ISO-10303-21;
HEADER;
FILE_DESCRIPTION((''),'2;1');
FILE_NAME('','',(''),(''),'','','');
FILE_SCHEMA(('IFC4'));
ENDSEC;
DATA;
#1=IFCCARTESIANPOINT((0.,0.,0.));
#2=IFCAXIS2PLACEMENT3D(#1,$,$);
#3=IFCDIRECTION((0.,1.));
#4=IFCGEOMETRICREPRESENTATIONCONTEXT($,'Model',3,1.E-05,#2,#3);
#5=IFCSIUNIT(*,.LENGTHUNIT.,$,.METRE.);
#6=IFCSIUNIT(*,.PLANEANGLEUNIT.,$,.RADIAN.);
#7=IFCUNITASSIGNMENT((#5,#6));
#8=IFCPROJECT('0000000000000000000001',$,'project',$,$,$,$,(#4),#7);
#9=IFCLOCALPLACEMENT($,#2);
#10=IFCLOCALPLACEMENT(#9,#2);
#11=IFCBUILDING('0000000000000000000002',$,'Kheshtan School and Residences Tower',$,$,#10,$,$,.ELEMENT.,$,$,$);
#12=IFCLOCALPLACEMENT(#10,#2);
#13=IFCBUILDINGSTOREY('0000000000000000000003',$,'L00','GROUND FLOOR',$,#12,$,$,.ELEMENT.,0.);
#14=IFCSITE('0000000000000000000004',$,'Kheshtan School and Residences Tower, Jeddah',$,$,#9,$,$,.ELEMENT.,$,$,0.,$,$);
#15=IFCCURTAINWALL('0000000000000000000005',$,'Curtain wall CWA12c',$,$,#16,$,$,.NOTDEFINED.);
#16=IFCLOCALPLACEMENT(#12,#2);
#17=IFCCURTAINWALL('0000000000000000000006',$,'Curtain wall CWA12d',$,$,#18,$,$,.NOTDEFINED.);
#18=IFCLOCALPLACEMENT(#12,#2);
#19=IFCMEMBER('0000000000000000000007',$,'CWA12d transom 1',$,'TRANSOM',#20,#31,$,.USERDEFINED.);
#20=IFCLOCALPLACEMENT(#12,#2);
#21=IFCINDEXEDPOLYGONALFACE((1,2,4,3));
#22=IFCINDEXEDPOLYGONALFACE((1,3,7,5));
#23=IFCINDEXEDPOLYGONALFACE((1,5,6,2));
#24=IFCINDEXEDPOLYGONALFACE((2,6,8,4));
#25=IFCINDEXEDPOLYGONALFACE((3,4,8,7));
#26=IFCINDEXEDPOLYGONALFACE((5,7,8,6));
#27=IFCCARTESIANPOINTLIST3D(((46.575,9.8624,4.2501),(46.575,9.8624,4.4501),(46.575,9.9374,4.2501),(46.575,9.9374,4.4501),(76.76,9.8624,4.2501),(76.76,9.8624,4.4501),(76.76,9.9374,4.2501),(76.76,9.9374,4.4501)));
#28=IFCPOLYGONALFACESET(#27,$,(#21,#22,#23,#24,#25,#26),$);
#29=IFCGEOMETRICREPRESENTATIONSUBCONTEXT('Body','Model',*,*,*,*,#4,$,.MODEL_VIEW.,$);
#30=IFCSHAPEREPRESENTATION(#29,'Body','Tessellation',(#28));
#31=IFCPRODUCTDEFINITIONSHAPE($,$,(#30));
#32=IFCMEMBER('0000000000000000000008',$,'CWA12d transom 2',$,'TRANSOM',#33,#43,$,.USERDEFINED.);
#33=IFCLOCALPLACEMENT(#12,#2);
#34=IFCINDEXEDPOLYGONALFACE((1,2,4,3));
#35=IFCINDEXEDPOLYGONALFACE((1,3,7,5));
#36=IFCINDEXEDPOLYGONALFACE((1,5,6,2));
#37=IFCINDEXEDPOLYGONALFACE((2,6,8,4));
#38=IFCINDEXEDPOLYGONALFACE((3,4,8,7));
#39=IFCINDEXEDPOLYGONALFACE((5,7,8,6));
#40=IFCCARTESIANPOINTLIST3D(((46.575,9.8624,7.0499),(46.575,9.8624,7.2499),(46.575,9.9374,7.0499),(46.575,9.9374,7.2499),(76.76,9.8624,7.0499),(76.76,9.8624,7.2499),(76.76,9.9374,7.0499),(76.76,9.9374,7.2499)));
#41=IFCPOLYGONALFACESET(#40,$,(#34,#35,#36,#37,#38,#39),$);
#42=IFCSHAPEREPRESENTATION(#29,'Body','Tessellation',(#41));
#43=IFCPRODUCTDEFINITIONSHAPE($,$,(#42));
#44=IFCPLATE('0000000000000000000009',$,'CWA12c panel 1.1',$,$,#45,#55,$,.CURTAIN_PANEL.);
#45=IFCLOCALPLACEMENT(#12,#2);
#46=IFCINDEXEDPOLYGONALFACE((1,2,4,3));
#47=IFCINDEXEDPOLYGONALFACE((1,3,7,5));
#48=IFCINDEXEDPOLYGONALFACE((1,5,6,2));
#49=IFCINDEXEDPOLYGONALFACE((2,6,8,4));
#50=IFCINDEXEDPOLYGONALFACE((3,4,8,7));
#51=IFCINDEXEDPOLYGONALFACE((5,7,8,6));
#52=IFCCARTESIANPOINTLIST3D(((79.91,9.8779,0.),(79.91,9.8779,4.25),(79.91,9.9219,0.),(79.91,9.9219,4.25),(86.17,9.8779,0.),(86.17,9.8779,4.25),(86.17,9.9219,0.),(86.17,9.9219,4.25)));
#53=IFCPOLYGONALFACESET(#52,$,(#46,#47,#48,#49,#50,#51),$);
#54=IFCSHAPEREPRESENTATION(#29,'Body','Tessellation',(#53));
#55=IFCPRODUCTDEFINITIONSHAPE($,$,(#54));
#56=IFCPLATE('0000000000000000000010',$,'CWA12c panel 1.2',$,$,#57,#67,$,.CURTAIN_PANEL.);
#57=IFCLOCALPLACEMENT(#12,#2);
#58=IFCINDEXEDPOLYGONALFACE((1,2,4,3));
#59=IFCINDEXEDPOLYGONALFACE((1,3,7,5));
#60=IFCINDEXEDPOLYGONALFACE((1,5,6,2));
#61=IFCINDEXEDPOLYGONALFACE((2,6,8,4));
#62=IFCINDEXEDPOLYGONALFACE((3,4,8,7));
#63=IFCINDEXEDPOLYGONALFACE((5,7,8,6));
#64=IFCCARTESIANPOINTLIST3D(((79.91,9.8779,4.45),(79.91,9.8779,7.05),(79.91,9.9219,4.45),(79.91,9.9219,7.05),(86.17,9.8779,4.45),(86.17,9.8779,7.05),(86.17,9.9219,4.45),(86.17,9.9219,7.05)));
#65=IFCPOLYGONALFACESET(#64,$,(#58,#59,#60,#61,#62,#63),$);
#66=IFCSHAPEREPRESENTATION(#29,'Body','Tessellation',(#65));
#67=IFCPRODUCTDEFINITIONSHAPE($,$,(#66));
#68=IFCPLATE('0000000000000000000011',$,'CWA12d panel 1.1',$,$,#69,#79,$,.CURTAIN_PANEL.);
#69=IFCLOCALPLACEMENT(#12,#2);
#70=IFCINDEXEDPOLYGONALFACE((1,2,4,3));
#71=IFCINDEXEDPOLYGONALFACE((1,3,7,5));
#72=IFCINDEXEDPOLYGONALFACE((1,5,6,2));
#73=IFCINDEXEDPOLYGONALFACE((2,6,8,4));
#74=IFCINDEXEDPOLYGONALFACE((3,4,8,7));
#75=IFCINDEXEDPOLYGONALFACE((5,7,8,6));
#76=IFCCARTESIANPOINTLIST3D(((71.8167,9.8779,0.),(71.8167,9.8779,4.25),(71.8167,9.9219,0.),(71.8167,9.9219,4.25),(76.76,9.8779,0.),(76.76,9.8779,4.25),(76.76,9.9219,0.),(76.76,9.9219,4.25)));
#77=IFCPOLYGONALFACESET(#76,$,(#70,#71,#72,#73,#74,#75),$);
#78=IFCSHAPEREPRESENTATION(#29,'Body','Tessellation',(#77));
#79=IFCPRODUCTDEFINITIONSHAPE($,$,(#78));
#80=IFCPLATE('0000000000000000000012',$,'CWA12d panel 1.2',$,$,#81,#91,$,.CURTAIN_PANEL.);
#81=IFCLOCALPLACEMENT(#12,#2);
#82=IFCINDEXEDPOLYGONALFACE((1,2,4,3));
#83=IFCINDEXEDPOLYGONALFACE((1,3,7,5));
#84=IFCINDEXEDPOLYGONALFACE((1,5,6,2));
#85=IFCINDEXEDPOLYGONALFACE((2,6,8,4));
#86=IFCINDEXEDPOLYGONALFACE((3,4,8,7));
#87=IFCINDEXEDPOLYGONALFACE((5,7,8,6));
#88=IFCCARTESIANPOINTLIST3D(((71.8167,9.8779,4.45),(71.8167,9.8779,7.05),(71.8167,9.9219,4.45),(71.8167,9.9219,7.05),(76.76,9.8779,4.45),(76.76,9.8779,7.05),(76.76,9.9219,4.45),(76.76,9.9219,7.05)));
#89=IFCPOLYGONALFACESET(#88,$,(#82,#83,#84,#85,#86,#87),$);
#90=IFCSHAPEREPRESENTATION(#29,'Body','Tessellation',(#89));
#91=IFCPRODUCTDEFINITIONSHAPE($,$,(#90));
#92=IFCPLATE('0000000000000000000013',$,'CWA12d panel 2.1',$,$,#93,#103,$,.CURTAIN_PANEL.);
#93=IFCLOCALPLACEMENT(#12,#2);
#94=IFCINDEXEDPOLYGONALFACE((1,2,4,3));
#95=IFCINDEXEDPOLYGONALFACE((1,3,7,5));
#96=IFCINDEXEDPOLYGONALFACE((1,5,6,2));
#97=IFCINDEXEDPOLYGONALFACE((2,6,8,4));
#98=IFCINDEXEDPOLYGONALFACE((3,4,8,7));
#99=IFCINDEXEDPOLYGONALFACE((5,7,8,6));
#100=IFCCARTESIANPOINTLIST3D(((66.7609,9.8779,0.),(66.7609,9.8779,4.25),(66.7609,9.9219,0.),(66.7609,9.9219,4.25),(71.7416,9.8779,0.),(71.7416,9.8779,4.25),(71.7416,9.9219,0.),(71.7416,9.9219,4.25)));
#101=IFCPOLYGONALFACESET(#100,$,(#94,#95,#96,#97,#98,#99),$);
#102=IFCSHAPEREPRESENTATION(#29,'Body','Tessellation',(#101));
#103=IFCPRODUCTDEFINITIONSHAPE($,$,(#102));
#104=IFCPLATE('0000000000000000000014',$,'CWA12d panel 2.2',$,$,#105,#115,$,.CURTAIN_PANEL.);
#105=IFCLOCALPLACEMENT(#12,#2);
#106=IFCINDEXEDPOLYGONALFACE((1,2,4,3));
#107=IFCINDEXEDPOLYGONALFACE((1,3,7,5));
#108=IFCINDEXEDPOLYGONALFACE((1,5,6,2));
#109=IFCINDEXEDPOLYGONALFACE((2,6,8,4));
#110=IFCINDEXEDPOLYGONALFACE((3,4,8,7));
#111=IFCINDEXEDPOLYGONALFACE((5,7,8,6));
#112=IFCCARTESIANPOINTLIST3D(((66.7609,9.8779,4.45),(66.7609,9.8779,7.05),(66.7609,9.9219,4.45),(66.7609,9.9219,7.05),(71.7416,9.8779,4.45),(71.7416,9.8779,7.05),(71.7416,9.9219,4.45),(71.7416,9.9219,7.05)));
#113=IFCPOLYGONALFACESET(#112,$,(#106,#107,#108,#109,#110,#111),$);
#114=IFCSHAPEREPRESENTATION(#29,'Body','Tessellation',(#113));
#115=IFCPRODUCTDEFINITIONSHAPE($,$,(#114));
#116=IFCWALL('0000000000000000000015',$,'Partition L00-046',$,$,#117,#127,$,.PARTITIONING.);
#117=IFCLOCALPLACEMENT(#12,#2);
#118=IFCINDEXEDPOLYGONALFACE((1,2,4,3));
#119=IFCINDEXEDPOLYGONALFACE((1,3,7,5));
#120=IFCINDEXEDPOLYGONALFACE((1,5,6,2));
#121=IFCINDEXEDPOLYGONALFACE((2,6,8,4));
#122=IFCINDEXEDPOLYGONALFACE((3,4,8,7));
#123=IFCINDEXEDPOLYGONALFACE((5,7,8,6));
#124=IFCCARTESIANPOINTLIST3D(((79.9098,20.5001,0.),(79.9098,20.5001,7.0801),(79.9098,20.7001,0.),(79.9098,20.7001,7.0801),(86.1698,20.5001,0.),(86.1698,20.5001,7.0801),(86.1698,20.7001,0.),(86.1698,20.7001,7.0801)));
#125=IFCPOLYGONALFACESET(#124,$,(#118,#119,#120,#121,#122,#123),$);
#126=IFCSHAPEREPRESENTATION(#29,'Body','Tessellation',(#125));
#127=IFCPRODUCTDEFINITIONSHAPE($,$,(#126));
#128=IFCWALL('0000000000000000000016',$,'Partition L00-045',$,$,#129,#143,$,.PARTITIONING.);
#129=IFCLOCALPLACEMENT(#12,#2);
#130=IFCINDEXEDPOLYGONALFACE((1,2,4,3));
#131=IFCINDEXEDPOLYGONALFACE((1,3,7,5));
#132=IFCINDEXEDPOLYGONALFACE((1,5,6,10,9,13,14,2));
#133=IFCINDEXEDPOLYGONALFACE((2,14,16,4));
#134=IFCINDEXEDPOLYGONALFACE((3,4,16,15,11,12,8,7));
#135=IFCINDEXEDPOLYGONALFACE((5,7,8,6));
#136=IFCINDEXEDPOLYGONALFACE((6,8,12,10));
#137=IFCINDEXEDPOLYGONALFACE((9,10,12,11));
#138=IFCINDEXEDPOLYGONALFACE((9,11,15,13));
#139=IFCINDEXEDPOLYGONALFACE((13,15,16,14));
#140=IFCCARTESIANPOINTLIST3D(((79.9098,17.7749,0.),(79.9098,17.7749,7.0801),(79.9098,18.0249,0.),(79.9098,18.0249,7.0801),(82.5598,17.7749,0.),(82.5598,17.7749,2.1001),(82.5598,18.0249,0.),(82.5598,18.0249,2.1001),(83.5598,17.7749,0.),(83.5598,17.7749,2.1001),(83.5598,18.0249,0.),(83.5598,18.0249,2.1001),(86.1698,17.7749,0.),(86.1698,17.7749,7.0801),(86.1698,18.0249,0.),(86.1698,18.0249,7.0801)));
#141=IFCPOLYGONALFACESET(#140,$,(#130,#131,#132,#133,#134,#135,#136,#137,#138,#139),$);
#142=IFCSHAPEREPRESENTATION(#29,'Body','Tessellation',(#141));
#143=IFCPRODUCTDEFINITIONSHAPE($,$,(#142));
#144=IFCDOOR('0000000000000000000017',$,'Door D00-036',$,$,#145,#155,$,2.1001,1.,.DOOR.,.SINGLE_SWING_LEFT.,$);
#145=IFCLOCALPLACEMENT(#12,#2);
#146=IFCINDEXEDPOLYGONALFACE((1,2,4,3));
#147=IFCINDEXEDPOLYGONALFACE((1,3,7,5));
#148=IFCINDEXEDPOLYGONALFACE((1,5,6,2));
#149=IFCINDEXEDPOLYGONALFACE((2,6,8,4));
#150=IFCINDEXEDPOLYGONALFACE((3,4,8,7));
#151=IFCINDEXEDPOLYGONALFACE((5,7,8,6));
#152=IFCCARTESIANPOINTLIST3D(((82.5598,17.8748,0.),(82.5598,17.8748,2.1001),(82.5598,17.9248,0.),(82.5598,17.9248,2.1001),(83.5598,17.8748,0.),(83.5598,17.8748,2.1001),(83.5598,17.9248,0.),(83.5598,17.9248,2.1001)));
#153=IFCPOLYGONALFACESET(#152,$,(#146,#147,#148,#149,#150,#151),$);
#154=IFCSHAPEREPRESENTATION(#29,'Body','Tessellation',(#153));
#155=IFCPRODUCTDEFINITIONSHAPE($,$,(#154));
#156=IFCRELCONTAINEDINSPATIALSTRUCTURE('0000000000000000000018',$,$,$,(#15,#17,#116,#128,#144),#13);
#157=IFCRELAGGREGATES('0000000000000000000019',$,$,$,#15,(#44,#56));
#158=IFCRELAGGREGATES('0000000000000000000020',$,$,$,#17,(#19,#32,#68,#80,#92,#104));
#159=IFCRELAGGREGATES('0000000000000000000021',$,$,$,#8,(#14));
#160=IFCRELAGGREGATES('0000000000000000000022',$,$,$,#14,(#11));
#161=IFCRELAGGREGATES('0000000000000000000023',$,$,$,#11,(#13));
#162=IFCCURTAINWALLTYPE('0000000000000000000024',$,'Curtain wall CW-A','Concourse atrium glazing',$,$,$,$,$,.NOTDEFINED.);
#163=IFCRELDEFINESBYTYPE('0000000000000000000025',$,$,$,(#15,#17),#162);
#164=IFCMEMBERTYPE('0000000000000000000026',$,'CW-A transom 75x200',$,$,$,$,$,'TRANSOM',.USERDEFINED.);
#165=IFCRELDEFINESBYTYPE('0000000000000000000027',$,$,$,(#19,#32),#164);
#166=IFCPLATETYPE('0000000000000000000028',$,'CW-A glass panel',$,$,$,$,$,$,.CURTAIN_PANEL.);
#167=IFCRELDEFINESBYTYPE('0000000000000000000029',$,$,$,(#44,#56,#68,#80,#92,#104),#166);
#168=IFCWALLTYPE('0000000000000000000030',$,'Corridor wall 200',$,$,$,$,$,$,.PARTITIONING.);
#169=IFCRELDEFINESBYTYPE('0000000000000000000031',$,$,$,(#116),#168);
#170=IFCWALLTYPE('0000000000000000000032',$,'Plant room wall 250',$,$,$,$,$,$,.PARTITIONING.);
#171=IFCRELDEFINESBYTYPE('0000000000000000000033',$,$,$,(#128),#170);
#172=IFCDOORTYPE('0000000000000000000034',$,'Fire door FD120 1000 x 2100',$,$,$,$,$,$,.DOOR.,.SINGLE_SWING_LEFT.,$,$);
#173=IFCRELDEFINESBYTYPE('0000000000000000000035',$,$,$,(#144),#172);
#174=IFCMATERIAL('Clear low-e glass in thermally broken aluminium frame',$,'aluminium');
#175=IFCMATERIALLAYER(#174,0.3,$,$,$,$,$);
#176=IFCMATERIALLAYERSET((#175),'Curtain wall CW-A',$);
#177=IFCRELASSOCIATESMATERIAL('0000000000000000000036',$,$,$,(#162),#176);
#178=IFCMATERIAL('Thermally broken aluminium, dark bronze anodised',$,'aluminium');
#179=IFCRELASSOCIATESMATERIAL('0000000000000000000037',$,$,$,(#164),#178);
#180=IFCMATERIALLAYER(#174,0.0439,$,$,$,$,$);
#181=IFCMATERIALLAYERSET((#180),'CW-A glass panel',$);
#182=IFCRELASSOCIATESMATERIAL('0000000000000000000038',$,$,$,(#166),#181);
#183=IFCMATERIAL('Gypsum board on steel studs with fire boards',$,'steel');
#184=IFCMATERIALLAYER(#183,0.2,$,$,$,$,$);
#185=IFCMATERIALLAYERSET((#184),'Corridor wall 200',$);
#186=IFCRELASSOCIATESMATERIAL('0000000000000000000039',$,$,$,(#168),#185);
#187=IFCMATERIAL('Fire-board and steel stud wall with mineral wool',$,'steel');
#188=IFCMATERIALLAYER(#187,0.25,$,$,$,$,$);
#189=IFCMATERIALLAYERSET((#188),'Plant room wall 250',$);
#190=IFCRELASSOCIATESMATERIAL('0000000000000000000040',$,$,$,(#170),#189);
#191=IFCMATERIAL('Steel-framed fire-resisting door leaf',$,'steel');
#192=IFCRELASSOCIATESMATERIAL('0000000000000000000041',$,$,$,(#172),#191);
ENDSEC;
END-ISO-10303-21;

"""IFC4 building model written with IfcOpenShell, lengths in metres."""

from ifc_helpers import new_model, si_unit, direction, frame, frame_2d, origin, origin_2d, place, context, subcontext, project, spatial, rectangle, extrude, source, transform, mapped, material, layer, layer_set, material_profile, profile_set, type_object, element, fill, aggregate, save


model = new_model("IFC4")

# Units and contexts
model_context = context("Model", 3, precision=1e-05, world=origin(), true_north=direction((0.0, 1.0)))
body_context = subcontext(model_context, "Body", "Model", "MODEL_VIEW")
ifc_project = project(units=[si_unit("LENGTHUNIT", "METRE"), si_unit("PLANEANGLEUNIT", "RADIAN")], contexts=[model_context])

# Site, building, storey
site_placement = place(None, origin())
site = spatial("IfcSite", under=ifc_project, at=site_placement, Name="Kheshtan School and Residences Tower, Jeddah", CompositionType="ELEMENT", RefElevation=0.0)
building_placement = place(site_placement, origin())
building = spatial("IfcBuilding", under=site, at=building_placement, Name="Kheshtan School and Residences Tower", CompositionType="ELEMENT")
storey_placement = place(building_placement, origin())
storey = spatial("IfcBuildingStorey", under=building, at=storey_placement, Name="L00", Description="GROUND FLOOR", CompositionType="ELEMENT", Elevation=0.0)

# Curtain walls
ifc_material_1 = material(Name="Clear low-e glass in thermally broken aluminium frame", Category="aluminium")
ifc_layer_1 = layer(ifc_material_1, 0.3)
ifc_layer_set_1 = layer_set([ifc_layer_1], Name="Curtain wall CW-A")
curtain_wall_type = type_object("IfcCurtainWallType", Name="Curtain wall CW-A", Description="Concourse atrium glazing", PredefinedType="NOTDEFINED", material=ifc_layer_set_1)
curtain_wall_1_placement = place(storey_placement, origin())
curtain_wall_1 = element("IfcCurtainWall", 1, at=curtain_wall_1_placement, inside=storey, type_object=curtain_wall_type, Name="Curtain wall CWA12c", PredefinedType="NOTDEFINED")
ifc_material_2 = material(Name="Thermally broken aluminium, dark bronze anodised", Category="aluminium")
curtain_wall_2_placement = place(storey_placement, origin())
curtain_wall_2 = element("IfcCurtainWall", 2, at=curtain_wall_2_placement, inside=storey, type_object=curtain_wall_type, Name="Curtain wall CWA12d", PredefinedType="NOTDEFINED")

# Members
ifc_material_profile_1 = material_profile(ifc_material_2, rectangle(XDim=0.075, YDim=0.2, at=origin_2d()), Name="CW-A transom 75x200")
ifc_profile_set_1 = profile_set([ifc_material_profile_1], Name="Thermally broken aluminium, dark bronze anodised")
member_type_1 = type_object("IfcMemberType", Name="CW-A transom 75x200", ElementType="TRANSOM", PredefinedType="USERDEFINED", material=ifc_profile_set_1)
member_1_placement = place(storey_placement, frame((76.76, 9.8999, 4.3501), z_axis=(-1.0, 0.0, 0.0), x_axis=(0.0, -1.0, 0.0)))
member_1 = element("IfcMember", 3, at=member_1_placement, type_object=member_type_1, Name="CWA12d transom 1", ObjectType="TRANSOM", PredefinedType="USERDEFINED", context=body_context, shape_type="SweptSolid", body=[
    extrude(rectangle(XDim=0.075, YDim=0.2, at=origin_2d()), origin(), (0.0, 0.0, 1.0), 30.1851),
])
member_2_placement = place(storey_placement, frame((76.76, 9.8999, 7.1499), z_axis=(-1.0, 0.0, 0.0), x_axis=(0.0, -1.0, 0.0)))
member_2 = element("IfcMember", 4, at=member_2_placement, type_object=member_type_1, Name="CWA12d transom 2", ObjectType="TRANSOM", PredefinedType="USERDEFINED", context=body_context, shape_type="SweptSolid", body=[
    extrude(rectangle(XDim=0.075, YDim=0.2, at=origin_2d()), origin(), (0.0, 0.0, 1.0), 30.1851),
])

# Plates
ifc_layer_2 = layer(ifc_material_1, 0.0439)
ifc_layer_set_2 = layer_set([ifc_layer_2], Name="CW-A glass panel")
plate_type = type_object("IfcPlateType", Name="CW-A glass panel", PredefinedType="CURTAIN_PANEL", material=ifc_layer_set_2)
plate_1_placement = place(storey_placement, frame((83.04, 9.8999, 0.0), z_axis=(0.0, 0.0, 1.0), x_axis=(-1.0, 0.0, 0.0)))
plate_1 = element("IfcPlate", 5, at=plate_1_placement, type_object=plate_type, Name="CWA12c panel 1.1", PredefinedType="CURTAIN_PANEL", context=body_context, shape_type="SweptSolid", body=[
    extrude(rectangle(XDim=6.26, YDim=0.0439, at=origin_2d()), origin(), (0.0, 0.0, 1.0), 4.25),
])
plate_2_placement = place(storey_placement, frame((83.04, 9.8999, 4.45), z_axis=(0.0, 0.0, 1.0), x_axis=(-1.0, 0.0, 0.0)))
plate_2 = element("IfcPlate", 6, at=plate_2_placement, type_object=plate_type, Name="CWA12c panel 1.2", PredefinedType="CURTAIN_PANEL", context=body_context, shape_type="SweptSolid", body=[
    extrude(rectangle(XDim=6.26, YDim=0.0439, at=origin_2d()), origin(), (0.0, 0.0, 1.0), 2.6001),
])
aggregate(curtain_wall_1, [plate_1, plate_2])
plate_3_placement = place(storey_placement, frame((74.2883, 9.8999, 0.0), z_axis=(0.0, 0.0, 1.0), x_axis=(-1.0, 0.0, 0.0)))
plate_3 = element("IfcPlate", 7, at=plate_3_placement, type_object=plate_type, Name="CWA12d panel 1.1", PredefinedType="CURTAIN_PANEL", context=body_context, shape_type="SweptSolid", body=[
    extrude(rectangle(XDim=4.9434, YDim=0.0439, at=origin_2d()), origin(), (0.0, 0.0, 1.0), 4.25),
])
plate_4_placement = place(storey_placement, frame((74.2883, 9.8999, 4.45), z_axis=(0.0, 0.0, 1.0), x_axis=(-1.0, 0.0, 0.0)))
plate_4 = element("IfcPlate", 8, at=plate_4_placement, type_object=plate_type, Name="CWA12d panel 1.2", PredefinedType="CURTAIN_PANEL", context=body_context, shape_type="SweptSolid", body=[
    extrude(rectangle(XDim=4.9434, YDim=0.0439, at=origin_2d()), origin(), (0.0, 0.0, 1.0), 2.6001),
])
plate_5_placement = place(storey_placement, frame((69.2512, 9.8999, 0.0), z_axis=(0.0, 0.0, 1.0), x_axis=(-1.0, 0.0, 0.0)))
plate_5 = element("IfcPlate", 9, at=plate_5_placement, type_object=plate_type, Name="CWA12d panel 2.1", PredefinedType="CURTAIN_PANEL", context=body_context, shape_type="SweptSolid", body=[
    extrude(rectangle(XDim=4.9807, YDim=0.0439, at=origin_2d()), origin(), (0.0, 0.0, 1.0), 4.25),
])
plate_6_placement = place(storey_placement, frame((69.2512, 9.8999, 4.45), z_axis=(0.0, 0.0, 1.0), x_axis=(-1.0, 0.0, 0.0)))
plate_6 = element("IfcPlate", 10, at=plate_6_placement, type_object=plate_type, Name="CWA12d panel 2.2", PredefinedType="CURTAIN_PANEL", context=body_context, shape_type="SweptSolid", body=[
    extrude(rectangle(XDim=4.9807, YDim=0.0439, at=origin_2d()), origin(), (0.0, 0.0, 1.0), 2.6001),
])
aggregate(curtain_wall_2, [member_1, member_2, plate_3, plate_4, plate_5, plate_6])

# Wall
ifc_material_3 = material(Name="Gypsum board on steel studs with fire boards", Category="steel")
ifc_layer_3 = layer(ifc_material_3, 0.2)
ifc_layer_set_3 = layer_set([ifc_layer_3], Name="Corridor wall 200")
wall_type_1 = type_object("IfcWallType", Name="Corridor wall 200", PredefinedType="PARTITIONING", material=ifc_layer_set_3)
wall_1_placement = place(storey_placement, frame((79.9099, 20.6001, 0.0), z_axis=(0.0, 0.0, 1.0), x_axis=(1.0, 0.0, 0.0)))
element("IfcWall", 11, at=wall_1_placement, inside=storey, type_object=wall_type_1, Name="Partition L00-046", PredefinedType="PARTITIONING", context=body_context, shape_type="SweptSolid", body=[
    extrude(rectangle(XDim=6.26, YDim=0.2, at=frame_2d((3.1299, 0.0))), origin(), (0.0, 0.0, 1.0), 7.0801),
])

# Wall, opening, door
ifc_material_4 = material(Name="Fire-board and steel stud wall with mineral wool", Category="steel")
ifc_layer_4 = layer(ifc_material_4, 0.25)
ifc_layer_set_4 = layer_set([ifc_layer_4], Name="Plant room wall 250")
wall_type_2 = type_object("IfcWallType", Name="Plant room wall 250", PredefinedType="PARTITIONING", material=ifc_layer_set_4)
wall_2_placement = place(storey_placement, frame((79.9099, 17.8999, 0.0), z_axis=(0.0, 0.0, 1.0), x_axis=(1.0, 0.0, 0.0)))
wall_2 = element("IfcWall", 12, at=wall_2_placement, inside=storey, type_object=wall_type_2, Name="Partition L00-045", PredefinedType="PARTITIONING", context=body_context, shape_type="SweptSolid", body=[
    extrude(rectangle(XDim=6.26, YDim=0.25, at=frame_2d((3.1299, 0.0))), origin(), (0.0, 0.0, 1.0), 7.0801),
])
opening_1_placement = place(wall_2_placement, frame((2.6499, 0.0, 0.0)))
opening_1 = element("IfcOpeningElement", 13, at=opening_1_placement, cuts=wall_2, PredefinedType="OPENING", context=body_context, shape_type="SweptSolid", body=[
    extrude(rectangle(XDim=1.0, YDim=2.1001, at=frame_2d((0.5, 1.05))), frame((0.0, 0.135, 0.0), z_axis=(0.0, -1.0, 0.0), x_axis=(1.0, 0.0, 0.0)), (0.0, 0.0, 1.0), 0.27),
])
ifc_material_5 = material(Name="Steel-framed fire-resisting door leaf", Category="steel")
door_type_1 = type_object("IfcDoorType", Name="Fire door FD120 1000 x 2100", OperationType="SINGLE_SWING_LEFT", PredefinedType="DOOR", material=ifc_material_5)
shared_shape_1 = source(origin(), body_context, "Body", "SweptSolid", [
    extrude(rectangle(XDim=1.0, YDim=2.1001, at=frame_2d((0.5, 1.05))), frame((0.0, 0.0249, 0.0), z_axis=(0.0, -1.0, 0.0), x_axis=(1.0, 0.0, 0.0)), (0.0, 0.0, 1.0), 0.05),
])
door_1_placement = place(opening_1_placement, origin())
door_1 = element("IfcDoor", 14, at=door_1_placement, inside=storey, type_object=door_type_1, Name="Door D00-036", OperationType="SINGLE_SWING_LEFT", OverallHeight=2.1001, OverallWidth=1.0, PredefinedType="DOOR", context=body_context, shape_type="MappedRepresentation", body=[
    mapped(shared_shape_1, transform((0.0, 0.0, 0.0), x_axis=(1.0, 0.0, 0.0), y_axis=(0.0, 1.0, 0.0), z_axis=(0.0, 0.0, 1.0), scale=1.0)),
])
fill(opening_1, door_1)

save(model, "model.ifc")
